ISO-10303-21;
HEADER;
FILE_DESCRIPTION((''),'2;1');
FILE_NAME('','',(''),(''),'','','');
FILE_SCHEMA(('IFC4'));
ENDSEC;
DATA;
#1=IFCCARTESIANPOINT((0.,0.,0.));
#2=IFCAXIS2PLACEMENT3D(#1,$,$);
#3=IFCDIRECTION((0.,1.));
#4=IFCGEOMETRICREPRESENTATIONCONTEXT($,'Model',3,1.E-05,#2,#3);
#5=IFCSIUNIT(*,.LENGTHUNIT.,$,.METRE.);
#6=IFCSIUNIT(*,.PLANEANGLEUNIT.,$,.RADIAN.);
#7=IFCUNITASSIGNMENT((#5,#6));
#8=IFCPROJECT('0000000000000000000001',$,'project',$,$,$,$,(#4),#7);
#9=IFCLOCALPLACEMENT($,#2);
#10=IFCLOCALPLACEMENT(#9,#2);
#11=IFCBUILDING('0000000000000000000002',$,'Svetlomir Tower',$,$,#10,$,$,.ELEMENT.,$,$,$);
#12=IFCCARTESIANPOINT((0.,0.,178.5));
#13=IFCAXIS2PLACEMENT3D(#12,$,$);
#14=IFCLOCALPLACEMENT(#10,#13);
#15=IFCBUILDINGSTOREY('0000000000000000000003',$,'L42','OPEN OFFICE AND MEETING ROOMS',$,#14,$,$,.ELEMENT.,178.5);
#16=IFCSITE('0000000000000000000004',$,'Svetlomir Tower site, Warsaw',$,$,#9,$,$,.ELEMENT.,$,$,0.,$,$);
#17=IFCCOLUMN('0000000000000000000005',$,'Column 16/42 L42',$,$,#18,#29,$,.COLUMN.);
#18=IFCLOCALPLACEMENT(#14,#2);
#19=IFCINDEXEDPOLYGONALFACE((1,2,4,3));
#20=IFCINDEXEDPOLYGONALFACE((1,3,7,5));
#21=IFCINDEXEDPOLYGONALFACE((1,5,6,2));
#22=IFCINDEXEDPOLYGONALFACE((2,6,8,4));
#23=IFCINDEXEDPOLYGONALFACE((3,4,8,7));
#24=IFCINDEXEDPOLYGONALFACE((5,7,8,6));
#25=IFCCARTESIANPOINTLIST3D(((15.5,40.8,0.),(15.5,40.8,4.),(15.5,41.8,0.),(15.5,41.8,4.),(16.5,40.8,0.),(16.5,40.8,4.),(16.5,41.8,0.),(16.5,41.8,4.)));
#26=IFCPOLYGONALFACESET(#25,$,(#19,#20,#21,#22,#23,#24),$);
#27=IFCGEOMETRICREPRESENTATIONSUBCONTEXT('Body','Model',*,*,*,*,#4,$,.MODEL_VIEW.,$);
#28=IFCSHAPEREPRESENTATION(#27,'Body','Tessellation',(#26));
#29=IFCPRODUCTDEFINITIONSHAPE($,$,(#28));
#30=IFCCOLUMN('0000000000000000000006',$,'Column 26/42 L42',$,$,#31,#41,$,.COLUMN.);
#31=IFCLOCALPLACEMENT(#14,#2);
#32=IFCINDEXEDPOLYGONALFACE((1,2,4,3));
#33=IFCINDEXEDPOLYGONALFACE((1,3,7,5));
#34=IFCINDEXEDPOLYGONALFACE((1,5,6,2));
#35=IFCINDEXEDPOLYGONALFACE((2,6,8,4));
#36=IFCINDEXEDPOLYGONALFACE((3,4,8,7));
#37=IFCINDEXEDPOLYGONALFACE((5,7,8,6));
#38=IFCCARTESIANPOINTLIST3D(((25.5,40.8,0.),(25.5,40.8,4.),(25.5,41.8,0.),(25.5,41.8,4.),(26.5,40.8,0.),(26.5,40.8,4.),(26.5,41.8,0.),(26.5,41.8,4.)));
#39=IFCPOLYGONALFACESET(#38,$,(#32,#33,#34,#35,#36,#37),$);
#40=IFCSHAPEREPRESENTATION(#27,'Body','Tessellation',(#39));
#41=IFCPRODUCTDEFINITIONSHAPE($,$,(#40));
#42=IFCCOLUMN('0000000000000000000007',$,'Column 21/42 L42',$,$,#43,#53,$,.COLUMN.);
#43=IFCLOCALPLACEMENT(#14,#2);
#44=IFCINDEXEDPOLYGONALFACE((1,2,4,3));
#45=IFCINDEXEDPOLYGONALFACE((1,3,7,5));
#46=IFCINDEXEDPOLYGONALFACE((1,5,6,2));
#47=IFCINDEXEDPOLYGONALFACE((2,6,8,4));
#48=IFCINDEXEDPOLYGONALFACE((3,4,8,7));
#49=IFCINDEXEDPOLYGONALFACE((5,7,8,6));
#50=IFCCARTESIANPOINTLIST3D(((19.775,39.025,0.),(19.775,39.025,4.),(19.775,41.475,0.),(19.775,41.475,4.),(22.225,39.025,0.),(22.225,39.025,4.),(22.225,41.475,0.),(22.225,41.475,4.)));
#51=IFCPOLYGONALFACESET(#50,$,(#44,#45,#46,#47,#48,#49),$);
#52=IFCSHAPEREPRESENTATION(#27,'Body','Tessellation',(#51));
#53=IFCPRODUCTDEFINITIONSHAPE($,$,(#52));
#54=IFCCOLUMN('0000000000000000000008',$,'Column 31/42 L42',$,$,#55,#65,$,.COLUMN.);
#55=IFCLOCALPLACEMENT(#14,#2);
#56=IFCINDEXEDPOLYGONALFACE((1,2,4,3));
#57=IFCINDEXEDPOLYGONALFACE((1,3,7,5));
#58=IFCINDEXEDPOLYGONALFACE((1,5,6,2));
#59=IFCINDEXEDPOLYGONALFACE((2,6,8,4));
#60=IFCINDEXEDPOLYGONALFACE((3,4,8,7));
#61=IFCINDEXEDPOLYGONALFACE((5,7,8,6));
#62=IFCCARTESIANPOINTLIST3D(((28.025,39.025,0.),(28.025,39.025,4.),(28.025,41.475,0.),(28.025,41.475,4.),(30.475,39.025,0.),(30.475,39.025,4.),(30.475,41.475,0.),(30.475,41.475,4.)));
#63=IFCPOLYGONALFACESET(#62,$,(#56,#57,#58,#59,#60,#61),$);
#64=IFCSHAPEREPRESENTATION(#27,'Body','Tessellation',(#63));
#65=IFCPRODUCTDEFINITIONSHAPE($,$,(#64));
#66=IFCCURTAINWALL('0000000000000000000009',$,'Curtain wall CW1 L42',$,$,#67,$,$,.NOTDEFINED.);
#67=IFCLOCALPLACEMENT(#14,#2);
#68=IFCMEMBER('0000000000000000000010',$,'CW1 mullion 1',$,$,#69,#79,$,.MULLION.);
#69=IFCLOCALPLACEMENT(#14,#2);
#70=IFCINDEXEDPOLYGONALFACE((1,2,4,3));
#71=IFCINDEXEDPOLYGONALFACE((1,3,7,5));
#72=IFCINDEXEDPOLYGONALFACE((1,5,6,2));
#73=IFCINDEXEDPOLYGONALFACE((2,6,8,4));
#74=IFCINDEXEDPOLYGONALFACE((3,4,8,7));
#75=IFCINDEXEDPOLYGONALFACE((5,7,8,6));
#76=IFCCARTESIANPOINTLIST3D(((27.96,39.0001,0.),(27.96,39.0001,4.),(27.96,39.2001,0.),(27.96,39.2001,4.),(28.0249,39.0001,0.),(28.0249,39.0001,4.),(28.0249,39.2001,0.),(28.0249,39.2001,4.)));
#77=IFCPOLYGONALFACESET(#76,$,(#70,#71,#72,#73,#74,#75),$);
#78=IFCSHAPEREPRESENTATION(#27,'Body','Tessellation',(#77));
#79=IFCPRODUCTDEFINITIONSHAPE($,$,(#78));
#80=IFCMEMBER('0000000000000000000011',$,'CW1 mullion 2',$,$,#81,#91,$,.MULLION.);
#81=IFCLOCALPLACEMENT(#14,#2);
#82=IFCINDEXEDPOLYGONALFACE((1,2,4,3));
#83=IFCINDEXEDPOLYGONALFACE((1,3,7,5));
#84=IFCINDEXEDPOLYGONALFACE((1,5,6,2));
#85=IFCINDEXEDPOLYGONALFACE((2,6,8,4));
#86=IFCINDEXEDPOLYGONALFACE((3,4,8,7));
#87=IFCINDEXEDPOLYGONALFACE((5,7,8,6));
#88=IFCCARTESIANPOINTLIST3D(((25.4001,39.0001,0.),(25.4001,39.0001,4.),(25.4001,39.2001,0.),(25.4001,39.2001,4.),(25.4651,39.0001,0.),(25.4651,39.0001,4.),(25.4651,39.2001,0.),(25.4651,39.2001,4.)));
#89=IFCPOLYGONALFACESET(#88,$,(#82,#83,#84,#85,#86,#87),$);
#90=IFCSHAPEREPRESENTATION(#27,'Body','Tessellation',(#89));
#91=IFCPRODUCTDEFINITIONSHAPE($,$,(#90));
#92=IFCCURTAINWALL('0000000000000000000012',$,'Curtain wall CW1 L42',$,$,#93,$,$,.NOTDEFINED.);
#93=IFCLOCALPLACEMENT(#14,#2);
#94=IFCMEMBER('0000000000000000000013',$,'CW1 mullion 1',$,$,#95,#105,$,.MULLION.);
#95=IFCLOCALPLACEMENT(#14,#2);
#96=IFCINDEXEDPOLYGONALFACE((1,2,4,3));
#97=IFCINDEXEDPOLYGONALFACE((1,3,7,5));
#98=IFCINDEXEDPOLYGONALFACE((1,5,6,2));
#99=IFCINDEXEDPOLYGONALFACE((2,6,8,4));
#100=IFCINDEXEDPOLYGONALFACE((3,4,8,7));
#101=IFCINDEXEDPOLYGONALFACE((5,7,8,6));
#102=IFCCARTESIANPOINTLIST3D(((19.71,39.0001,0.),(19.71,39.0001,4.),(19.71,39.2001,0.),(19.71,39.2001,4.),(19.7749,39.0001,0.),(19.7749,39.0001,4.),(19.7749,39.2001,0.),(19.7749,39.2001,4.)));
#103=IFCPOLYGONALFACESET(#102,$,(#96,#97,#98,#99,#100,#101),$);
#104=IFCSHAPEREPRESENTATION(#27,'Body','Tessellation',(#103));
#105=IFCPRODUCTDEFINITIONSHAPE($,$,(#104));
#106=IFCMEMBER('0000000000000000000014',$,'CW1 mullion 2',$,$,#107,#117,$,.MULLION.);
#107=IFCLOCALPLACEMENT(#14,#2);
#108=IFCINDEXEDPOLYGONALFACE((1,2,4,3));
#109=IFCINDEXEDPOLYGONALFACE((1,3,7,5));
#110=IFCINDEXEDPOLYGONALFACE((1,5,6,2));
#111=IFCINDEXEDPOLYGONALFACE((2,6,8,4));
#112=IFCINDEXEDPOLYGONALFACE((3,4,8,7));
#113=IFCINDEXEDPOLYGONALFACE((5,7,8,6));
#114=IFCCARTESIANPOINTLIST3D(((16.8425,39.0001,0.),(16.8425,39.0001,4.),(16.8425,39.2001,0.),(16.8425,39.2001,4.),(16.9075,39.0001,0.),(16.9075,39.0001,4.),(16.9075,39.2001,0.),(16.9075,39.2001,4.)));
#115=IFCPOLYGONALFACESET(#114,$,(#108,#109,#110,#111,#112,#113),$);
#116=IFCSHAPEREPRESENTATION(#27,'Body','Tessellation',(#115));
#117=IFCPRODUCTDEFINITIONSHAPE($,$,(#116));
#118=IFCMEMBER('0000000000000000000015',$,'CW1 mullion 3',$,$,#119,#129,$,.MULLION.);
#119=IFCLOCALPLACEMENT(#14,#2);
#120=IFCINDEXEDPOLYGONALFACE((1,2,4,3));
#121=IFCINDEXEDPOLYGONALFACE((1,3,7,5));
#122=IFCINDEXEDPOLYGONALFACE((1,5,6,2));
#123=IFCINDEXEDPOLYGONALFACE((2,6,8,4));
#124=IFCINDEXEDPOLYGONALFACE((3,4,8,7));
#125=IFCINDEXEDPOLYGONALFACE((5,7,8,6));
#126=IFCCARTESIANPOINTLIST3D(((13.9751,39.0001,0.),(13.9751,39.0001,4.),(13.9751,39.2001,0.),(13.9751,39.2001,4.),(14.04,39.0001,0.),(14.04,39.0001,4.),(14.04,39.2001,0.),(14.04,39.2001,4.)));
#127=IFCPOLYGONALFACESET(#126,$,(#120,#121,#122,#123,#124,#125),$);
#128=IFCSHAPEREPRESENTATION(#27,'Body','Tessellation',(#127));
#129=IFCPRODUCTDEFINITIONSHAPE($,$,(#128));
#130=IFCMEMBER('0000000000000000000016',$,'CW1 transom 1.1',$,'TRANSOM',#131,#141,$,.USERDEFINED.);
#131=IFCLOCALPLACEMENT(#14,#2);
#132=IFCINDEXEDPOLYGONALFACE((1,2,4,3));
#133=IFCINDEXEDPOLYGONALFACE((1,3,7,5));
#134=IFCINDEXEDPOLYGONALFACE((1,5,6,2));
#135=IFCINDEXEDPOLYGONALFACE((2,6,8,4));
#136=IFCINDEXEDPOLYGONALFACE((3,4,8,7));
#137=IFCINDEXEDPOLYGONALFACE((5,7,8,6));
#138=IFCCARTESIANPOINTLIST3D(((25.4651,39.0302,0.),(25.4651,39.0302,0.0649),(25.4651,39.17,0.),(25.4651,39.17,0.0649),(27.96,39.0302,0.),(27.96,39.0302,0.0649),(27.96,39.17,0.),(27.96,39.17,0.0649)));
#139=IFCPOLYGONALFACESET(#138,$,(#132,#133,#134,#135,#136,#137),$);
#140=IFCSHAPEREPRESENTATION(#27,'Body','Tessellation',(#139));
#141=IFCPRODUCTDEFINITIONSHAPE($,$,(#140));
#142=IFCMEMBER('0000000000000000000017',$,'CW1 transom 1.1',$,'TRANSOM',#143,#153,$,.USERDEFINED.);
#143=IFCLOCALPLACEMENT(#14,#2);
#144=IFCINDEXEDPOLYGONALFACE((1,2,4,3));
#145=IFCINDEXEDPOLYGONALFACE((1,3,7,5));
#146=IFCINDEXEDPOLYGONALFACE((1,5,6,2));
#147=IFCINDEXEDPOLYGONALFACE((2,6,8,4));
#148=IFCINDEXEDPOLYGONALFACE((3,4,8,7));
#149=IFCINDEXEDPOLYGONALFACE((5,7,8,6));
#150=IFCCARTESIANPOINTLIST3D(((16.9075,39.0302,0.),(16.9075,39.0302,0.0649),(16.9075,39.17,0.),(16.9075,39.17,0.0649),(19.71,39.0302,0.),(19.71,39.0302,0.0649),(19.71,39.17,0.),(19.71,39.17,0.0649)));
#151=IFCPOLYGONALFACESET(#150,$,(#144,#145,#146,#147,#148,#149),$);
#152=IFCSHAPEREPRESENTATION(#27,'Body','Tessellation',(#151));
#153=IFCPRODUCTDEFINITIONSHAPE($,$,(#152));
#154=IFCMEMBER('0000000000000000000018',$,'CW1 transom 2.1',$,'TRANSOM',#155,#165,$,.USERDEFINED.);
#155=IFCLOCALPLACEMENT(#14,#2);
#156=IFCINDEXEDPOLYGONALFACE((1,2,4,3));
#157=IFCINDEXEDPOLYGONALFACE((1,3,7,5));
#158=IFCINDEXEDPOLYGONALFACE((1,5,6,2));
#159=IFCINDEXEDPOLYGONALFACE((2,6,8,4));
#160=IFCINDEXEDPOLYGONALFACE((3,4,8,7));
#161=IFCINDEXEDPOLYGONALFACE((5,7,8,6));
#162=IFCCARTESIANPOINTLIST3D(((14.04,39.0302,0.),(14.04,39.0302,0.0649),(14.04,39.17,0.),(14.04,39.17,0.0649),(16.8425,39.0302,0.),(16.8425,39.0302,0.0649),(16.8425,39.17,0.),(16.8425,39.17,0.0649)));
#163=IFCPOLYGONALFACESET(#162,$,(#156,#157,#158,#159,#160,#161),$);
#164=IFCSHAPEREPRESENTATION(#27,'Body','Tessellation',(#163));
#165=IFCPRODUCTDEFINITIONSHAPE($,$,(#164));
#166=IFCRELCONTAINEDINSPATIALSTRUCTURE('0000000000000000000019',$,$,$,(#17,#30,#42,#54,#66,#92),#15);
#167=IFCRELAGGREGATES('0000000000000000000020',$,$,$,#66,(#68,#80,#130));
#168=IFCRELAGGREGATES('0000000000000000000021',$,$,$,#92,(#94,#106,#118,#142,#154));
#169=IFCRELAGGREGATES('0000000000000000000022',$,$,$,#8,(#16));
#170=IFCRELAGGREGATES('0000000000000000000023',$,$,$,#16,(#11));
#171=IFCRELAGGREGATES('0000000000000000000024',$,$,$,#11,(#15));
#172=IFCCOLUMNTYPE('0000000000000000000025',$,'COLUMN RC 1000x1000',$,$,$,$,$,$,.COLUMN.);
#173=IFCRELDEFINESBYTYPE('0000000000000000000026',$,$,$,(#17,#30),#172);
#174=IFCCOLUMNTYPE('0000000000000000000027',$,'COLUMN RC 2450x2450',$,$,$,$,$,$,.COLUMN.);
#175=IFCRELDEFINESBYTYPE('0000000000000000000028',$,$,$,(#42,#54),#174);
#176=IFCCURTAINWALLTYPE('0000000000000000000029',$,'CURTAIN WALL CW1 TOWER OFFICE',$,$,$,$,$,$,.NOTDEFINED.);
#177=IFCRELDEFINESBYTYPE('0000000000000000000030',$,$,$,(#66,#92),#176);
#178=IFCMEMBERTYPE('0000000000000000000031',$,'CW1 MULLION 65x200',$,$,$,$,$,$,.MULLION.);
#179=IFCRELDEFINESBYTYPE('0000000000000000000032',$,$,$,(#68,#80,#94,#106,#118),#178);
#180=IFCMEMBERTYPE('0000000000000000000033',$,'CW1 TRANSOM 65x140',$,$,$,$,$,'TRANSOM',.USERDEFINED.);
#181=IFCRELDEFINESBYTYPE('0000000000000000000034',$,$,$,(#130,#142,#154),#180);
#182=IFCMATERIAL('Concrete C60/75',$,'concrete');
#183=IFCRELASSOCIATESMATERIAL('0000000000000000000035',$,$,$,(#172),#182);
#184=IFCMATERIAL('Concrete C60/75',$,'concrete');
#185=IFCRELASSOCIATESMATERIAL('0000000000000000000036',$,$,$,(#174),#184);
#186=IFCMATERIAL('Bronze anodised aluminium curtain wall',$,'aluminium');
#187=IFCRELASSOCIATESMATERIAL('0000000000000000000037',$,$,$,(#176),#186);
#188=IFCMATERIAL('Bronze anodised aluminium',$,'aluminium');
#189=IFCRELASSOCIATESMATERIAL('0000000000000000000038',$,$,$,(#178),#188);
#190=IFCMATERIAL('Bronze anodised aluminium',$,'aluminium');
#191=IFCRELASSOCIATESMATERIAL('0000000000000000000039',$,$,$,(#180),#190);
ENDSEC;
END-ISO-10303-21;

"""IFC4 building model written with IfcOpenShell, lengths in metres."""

from ifc_helpers import new_model, si_unit, direction, frame, origin, origin_2d, place, context, subcontext, project, spatial, rectangle, extrude, material, material_profile, profile_set, type_object, element, aggregate, save


model = new_model("IFC4")

# Units and contexts
model_context = context("Model", 3, precision=1e-05, world=origin(), true_north=direction((0.0, 1.0)))
body_context = subcontext(model_context, "Body", "Model", "MODEL_VIEW")
ifc_project = project(units=[si_unit("LENGTHUNIT", "METRE"), si_unit("PLANEANGLEUNIT", "RADIAN")], contexts=[model_context])

# Site, building, storey
site_placement = place(None, origin())
site = spatial("IfcSite", under=ifc_project, at=site_placement, Name="Svetlomir Tower site, Warsaw", CompositionType="ELEMENT", RefElevation=0.0)
building_placement = place(site_placement, origin())
building = spatial("IfcBuilding", under=site, at=building_placement, Name="Svetlomir Tower", CompositionType="ELEMENT")
storey_placement = place(building_placement, frame((0.0, 0.0, 178.5)))
storey = spatial("IfcBuildingStorey", under=building, at=storey_placement, Name="L42", Description="OPEN OFFICE AND MEETING ROOMS", CompositionType="ELEMENT", Elevation=178.5)

# Columns
ifc_material_1 = material(Name="Concrete C60/75", Category="concrete")
ifc_material_profile_1 = material_profile(ifc_material_1, rectangle(XDim=1.0, YDim=1.0, at=origin_2d()), Name="RC 1000x1000")
ifc_profile_set_1 = profile_set([ifc_material_profile_1], Name="Concrete C60/75")
column_type_1 = type_object("IfcColumnType", Name="COLUMN RC 1000x1000", PredefinedType="COLUMN", material=ifc_profile_set_1)
for number, where, z_axis, x_axis, name in (
    (1, (16.0, 41.3, 0.0), (0.0, 0.0, 1.0), (1.0, 0.0, 0.0), "Column 16/42 L42"),
    (2, (26.0, 41.3, 0.0), (0.0, 0.0, 1.0), (1.0, 0.0, 0.0), "Column 26/42 L42"),
):
    element("IfcColumn", number, at=place(storey_placement, frame(where, z_axis=z_axis, x_axis=x_axis)), inside=storey, type_object=column_type_1, Name=name, PredefinedType="COLUMN", context=body_context, shape_type="SweptSolid", body=[
        extrude(rectangle(XDim=1.0, YDim=1.0, at=origin_2d()), origin(), (0.0, 0.0, 1.0), 4.0),
    ])
ifc_material_2 = material(Name="Concrete C60/75", Category="concrete")
ifc_material_profile_2 = material_profile(ifc_material_2, rectangle(XDim=2.45, YDim=2.45, at=origin_2d()), Name="RC 2450x2450")
ifc_profile_set_2 = profile_set([ifc_material_profile_2], Name="Concrete C60/75")
column_type_2 = type_object("IfcColumnType", Name="COLUMN RC 2450x2450", PredefinedType="COLUMN", material=ifc_profile_set_2)
for number, where, z_axis, x_axis, name in (
    (3, (21.0, 40.25, 0.0), (0.0, 0.0, 1.0), (1.0, 0.0, 0.0), "Column 21/42 L42"),
    (4, (29.25, 40.25, 0.0), (0.0, 0.0, 1.0), (1.0, 0.0, 0.0), "Column 31/42 L42"),
):
    element("IfcColumn", number, at=place(storey_placement, frame(where, z_axis=z_axis, x_axis=x_axis)), inside=storey, type_object=column_type_2, Name=name, PredefinedType="COLUMN", context=body_context, shape_type="SweptSolid", body=[
        extrude(rectangle(XDim=2.45, YDim=2.45, at=origin_2d()), origin(), (0.0, 0.0, 1.0), 4.0),
    ])

# Curtain walls, members
ifc_material_3 = material(Name="Bronze anodised aluminium curtain wall", Category="aluminium")
curtain_wall_type = type_object("IfcCurtainWallType", Name="CURTAIN WALL CW1 TOWER OFFICE", PredefinedType="NOTDEFINED", material=ifc_material_3)
curtain_wall_1_placement = place(storey_placement, origin())
curtain_wall_1 = element("IfcCurtainWall", 5, at=curtain_wall_1_placement, inside=storey, type_object=curtain_wall_type, Name="Curtain wall CW1 L42", PredefinedType="NOTDEFINED")
ifc_material_4 = material(Name="Bronze anodised aluminium", Category="aluminium")
ifc_material_profile_3 = material_profile(ifc_material_4, rectangle(XDim=0.0649, YDim=0.2, at=origin_2d()), Name="AL 65x200")
ifc_profile_set_3 = profile_set([ifc_material_profile_3], Name="Bronze anodised aluminium 6063-T6")
member_type_1 = type_object("IfcMemberType", Name="CW1 MULLION 65x200", PredefinedType="MULLION", material=ifc_profile_set_3)
member_1_placement = place(storey_placement, frame((27.9924, 39.1001, 0.0), z_axis=(0.0, 0.0, 1.0), x_axis=(-1.0, 0.0, 0.0)))
member_1 = element("IfcMember", 6, at=member_1_placement, type_object=member_type_1, Name="CW1 mullion 1", PredefinedType="MULLION", context=body_context, shape_type="SweptSolid", body=[
    extrude(rectangle(XDim=0.0649, YDim=0.2, at=origin_2d()), origin(), (0.0, 0.0, 1.0), 4.0),
])
member_2_placement = place(storey_placement, frame((25.4326, 39.1001, 0.0), z_axis=(0.0, 0.0, 1.0), x_axis=(-1.0, 0.0, 0.0)))
member_2 = element("IfcMember", 7, at=member_2_placement, type_object=member_type_1, Name="CW1 mullion 2", PredefinedType="MULLION", context=body_context, shape_type="SweptSolid", body=[
    extrude(rectangle(XDim=0.0649, YDim=0.2, at=origin_2d()), origin(), (0.0, 0.0, 1.0), 4.0),
])
curtain_wall_2_placement = place(storey_placement, origin())
curtain_wall_2 = element("IfcCurtainWall", 8, at=curtain_wall_2_placement, inside=storey, type_object=curtain_wall_type, Name="Curtain wall CW1 L42", PredefinedType="NOTDEFINED")
member_3_placement = place(storey_placement, frame((19.7424, 39.1001, 0.0), z_axis=(0.0, 0.0, 1.0), x_axis=(-1.0, 0.0, 0.0)))
member_3 = element("IfcMember", 9, at=member_3_placement, type_object=member_type_1, Name="CW1 mullion 1", PredefinedType="MULLION", context=body_context, shape_type="SweptSolid", body=[
    extrude(rectangle(XDim=0.0649, YDim=0.2, at=origin_2d()), origin(), (0.0, 0.0, 1.0), 4.0),
])
member_4_placement = place(storey_placement, frame((16.875, 39.1001, 0.0), z_axis=(0.0, 0.0, 1.0), x_axis=(-1.0, 0.0, 0.0)))
member_4 = element("IfcMember", 10, at=member_4_placement, type_object=member_type_1, Name="CW1 mullion 2", PredefinedType="MULLION", context=body_context, shape_type="SweptSolid", body=[
    extrude(rectangle(XDim=0.0649, YDim=0.2, at=origin_2d()), origin(), (0.0, 0.0, 1.0), 4.0),
])
member_5_placement = place(storey_placement, frame((14.0076, 39.1001, 0.0), z_axis=(0.0, 0.0, 1.0), x_axis=(-1.0, 0.0, 0.0)))
member_5 = element("IfcMember", 11, at=member_5_placement, type_object=member_type_1, Name="CW1 mullion 3", PredefinedType="MULLION", context=body_context, shape_type="SweptSolid", body=[
    extrude(rectangle(XDim=0.0649, YDim=0.2, at=origin_2d()), origin(), (0.0, 0.0, 1.0), 4.0),
])

# Members
ifc_material_5 = material(Name="Bronze anodised aluminium", Category="aluminium")
ifc_material_profile_4 = material_profile(ifc_material_5, rectangle(XDim=0.1399, YDim=0.0649, at=origin_2d()), Name="AL 140x65")
ifc_profile_set_4 = profile_set([ifc_material_profile_4], Name="Bronze anodised aluminium 6063-T6")
member_type_2 = type_object("IfcMemberType", Name="CW1 TRANSOM 65x140", ElementType="TRANSOM", PredefinedType="USERDEFINED", material=ifc_profile_set_4)
member_6_placement = place(storey_placement, frame((27.96, 39.1001, 0.0325), z_axis=(-1.0, 0.0, 0.0), x_axis=(0.0, -1.0, 0.0)))
member_6 = element("IfcMember", 12, at=member_6_placement, type_object=member_type_2, Name="CW1 transom 1.1", ObjectType="TRANSOM", PredefinedType="USERDEFINED", context=body_context, shape_type="SweptSolid", body=[
    extrude(rectangle(XDim=0.1399, YDim=0.0649, at=origin_2d()), origin(), (0.0, 0.0, 1.0), 2.4949),
])
member_7_placement = place(storey_placement, frame((19.71, 39.1001, 0.0325), z_axis=(-1.0, 0.0, 0.0), x_axis=(0.0, -1.0, 0.0)))
member_7 = element("IfcMember", 13, at=member_7_placement, type_object=member_type_2, Name="CW1 transom 1.1", ObjectType="TRANSOM", PredefinedType="USERDEFINED", context=body_context, shape_type="SweptSolid", body=[
    extrude(rectangle(XDim=0.1399, YDim=0.0649, at=origin_2d()), origin(), (0.0, 0.0, 1.0), 2.8025),
])
member_8_placement = place(storey_placement, frame((16.8425, 39.1001, 0.0325), z_axis=(-1.0, 0.0, 0.0), x_axis=(0.0, -1.0, 0.0)))
member_8 = element("IfcMember", 14, at=member_8_placement, type_object=member_type_2, Name="CW1 transom 2.1", ObjectType="TRANSOM", PredefinedType="USERDEFINED", context=body_context, shape_type="SweptSolid", body=[
    extrude(rectangle(XDim=0.1399, YDim=0.0649, at=origin_2d()), origin(), (0.0, 0.0, 1.0), 2.8025),
])

aggregate(curtain_wall_1, [member_1, member_2, member_6])
aggregate(curtain_wall_2, [member_3, member_4, member_5, member_7, member_8])

save(model, "model.ifc")
